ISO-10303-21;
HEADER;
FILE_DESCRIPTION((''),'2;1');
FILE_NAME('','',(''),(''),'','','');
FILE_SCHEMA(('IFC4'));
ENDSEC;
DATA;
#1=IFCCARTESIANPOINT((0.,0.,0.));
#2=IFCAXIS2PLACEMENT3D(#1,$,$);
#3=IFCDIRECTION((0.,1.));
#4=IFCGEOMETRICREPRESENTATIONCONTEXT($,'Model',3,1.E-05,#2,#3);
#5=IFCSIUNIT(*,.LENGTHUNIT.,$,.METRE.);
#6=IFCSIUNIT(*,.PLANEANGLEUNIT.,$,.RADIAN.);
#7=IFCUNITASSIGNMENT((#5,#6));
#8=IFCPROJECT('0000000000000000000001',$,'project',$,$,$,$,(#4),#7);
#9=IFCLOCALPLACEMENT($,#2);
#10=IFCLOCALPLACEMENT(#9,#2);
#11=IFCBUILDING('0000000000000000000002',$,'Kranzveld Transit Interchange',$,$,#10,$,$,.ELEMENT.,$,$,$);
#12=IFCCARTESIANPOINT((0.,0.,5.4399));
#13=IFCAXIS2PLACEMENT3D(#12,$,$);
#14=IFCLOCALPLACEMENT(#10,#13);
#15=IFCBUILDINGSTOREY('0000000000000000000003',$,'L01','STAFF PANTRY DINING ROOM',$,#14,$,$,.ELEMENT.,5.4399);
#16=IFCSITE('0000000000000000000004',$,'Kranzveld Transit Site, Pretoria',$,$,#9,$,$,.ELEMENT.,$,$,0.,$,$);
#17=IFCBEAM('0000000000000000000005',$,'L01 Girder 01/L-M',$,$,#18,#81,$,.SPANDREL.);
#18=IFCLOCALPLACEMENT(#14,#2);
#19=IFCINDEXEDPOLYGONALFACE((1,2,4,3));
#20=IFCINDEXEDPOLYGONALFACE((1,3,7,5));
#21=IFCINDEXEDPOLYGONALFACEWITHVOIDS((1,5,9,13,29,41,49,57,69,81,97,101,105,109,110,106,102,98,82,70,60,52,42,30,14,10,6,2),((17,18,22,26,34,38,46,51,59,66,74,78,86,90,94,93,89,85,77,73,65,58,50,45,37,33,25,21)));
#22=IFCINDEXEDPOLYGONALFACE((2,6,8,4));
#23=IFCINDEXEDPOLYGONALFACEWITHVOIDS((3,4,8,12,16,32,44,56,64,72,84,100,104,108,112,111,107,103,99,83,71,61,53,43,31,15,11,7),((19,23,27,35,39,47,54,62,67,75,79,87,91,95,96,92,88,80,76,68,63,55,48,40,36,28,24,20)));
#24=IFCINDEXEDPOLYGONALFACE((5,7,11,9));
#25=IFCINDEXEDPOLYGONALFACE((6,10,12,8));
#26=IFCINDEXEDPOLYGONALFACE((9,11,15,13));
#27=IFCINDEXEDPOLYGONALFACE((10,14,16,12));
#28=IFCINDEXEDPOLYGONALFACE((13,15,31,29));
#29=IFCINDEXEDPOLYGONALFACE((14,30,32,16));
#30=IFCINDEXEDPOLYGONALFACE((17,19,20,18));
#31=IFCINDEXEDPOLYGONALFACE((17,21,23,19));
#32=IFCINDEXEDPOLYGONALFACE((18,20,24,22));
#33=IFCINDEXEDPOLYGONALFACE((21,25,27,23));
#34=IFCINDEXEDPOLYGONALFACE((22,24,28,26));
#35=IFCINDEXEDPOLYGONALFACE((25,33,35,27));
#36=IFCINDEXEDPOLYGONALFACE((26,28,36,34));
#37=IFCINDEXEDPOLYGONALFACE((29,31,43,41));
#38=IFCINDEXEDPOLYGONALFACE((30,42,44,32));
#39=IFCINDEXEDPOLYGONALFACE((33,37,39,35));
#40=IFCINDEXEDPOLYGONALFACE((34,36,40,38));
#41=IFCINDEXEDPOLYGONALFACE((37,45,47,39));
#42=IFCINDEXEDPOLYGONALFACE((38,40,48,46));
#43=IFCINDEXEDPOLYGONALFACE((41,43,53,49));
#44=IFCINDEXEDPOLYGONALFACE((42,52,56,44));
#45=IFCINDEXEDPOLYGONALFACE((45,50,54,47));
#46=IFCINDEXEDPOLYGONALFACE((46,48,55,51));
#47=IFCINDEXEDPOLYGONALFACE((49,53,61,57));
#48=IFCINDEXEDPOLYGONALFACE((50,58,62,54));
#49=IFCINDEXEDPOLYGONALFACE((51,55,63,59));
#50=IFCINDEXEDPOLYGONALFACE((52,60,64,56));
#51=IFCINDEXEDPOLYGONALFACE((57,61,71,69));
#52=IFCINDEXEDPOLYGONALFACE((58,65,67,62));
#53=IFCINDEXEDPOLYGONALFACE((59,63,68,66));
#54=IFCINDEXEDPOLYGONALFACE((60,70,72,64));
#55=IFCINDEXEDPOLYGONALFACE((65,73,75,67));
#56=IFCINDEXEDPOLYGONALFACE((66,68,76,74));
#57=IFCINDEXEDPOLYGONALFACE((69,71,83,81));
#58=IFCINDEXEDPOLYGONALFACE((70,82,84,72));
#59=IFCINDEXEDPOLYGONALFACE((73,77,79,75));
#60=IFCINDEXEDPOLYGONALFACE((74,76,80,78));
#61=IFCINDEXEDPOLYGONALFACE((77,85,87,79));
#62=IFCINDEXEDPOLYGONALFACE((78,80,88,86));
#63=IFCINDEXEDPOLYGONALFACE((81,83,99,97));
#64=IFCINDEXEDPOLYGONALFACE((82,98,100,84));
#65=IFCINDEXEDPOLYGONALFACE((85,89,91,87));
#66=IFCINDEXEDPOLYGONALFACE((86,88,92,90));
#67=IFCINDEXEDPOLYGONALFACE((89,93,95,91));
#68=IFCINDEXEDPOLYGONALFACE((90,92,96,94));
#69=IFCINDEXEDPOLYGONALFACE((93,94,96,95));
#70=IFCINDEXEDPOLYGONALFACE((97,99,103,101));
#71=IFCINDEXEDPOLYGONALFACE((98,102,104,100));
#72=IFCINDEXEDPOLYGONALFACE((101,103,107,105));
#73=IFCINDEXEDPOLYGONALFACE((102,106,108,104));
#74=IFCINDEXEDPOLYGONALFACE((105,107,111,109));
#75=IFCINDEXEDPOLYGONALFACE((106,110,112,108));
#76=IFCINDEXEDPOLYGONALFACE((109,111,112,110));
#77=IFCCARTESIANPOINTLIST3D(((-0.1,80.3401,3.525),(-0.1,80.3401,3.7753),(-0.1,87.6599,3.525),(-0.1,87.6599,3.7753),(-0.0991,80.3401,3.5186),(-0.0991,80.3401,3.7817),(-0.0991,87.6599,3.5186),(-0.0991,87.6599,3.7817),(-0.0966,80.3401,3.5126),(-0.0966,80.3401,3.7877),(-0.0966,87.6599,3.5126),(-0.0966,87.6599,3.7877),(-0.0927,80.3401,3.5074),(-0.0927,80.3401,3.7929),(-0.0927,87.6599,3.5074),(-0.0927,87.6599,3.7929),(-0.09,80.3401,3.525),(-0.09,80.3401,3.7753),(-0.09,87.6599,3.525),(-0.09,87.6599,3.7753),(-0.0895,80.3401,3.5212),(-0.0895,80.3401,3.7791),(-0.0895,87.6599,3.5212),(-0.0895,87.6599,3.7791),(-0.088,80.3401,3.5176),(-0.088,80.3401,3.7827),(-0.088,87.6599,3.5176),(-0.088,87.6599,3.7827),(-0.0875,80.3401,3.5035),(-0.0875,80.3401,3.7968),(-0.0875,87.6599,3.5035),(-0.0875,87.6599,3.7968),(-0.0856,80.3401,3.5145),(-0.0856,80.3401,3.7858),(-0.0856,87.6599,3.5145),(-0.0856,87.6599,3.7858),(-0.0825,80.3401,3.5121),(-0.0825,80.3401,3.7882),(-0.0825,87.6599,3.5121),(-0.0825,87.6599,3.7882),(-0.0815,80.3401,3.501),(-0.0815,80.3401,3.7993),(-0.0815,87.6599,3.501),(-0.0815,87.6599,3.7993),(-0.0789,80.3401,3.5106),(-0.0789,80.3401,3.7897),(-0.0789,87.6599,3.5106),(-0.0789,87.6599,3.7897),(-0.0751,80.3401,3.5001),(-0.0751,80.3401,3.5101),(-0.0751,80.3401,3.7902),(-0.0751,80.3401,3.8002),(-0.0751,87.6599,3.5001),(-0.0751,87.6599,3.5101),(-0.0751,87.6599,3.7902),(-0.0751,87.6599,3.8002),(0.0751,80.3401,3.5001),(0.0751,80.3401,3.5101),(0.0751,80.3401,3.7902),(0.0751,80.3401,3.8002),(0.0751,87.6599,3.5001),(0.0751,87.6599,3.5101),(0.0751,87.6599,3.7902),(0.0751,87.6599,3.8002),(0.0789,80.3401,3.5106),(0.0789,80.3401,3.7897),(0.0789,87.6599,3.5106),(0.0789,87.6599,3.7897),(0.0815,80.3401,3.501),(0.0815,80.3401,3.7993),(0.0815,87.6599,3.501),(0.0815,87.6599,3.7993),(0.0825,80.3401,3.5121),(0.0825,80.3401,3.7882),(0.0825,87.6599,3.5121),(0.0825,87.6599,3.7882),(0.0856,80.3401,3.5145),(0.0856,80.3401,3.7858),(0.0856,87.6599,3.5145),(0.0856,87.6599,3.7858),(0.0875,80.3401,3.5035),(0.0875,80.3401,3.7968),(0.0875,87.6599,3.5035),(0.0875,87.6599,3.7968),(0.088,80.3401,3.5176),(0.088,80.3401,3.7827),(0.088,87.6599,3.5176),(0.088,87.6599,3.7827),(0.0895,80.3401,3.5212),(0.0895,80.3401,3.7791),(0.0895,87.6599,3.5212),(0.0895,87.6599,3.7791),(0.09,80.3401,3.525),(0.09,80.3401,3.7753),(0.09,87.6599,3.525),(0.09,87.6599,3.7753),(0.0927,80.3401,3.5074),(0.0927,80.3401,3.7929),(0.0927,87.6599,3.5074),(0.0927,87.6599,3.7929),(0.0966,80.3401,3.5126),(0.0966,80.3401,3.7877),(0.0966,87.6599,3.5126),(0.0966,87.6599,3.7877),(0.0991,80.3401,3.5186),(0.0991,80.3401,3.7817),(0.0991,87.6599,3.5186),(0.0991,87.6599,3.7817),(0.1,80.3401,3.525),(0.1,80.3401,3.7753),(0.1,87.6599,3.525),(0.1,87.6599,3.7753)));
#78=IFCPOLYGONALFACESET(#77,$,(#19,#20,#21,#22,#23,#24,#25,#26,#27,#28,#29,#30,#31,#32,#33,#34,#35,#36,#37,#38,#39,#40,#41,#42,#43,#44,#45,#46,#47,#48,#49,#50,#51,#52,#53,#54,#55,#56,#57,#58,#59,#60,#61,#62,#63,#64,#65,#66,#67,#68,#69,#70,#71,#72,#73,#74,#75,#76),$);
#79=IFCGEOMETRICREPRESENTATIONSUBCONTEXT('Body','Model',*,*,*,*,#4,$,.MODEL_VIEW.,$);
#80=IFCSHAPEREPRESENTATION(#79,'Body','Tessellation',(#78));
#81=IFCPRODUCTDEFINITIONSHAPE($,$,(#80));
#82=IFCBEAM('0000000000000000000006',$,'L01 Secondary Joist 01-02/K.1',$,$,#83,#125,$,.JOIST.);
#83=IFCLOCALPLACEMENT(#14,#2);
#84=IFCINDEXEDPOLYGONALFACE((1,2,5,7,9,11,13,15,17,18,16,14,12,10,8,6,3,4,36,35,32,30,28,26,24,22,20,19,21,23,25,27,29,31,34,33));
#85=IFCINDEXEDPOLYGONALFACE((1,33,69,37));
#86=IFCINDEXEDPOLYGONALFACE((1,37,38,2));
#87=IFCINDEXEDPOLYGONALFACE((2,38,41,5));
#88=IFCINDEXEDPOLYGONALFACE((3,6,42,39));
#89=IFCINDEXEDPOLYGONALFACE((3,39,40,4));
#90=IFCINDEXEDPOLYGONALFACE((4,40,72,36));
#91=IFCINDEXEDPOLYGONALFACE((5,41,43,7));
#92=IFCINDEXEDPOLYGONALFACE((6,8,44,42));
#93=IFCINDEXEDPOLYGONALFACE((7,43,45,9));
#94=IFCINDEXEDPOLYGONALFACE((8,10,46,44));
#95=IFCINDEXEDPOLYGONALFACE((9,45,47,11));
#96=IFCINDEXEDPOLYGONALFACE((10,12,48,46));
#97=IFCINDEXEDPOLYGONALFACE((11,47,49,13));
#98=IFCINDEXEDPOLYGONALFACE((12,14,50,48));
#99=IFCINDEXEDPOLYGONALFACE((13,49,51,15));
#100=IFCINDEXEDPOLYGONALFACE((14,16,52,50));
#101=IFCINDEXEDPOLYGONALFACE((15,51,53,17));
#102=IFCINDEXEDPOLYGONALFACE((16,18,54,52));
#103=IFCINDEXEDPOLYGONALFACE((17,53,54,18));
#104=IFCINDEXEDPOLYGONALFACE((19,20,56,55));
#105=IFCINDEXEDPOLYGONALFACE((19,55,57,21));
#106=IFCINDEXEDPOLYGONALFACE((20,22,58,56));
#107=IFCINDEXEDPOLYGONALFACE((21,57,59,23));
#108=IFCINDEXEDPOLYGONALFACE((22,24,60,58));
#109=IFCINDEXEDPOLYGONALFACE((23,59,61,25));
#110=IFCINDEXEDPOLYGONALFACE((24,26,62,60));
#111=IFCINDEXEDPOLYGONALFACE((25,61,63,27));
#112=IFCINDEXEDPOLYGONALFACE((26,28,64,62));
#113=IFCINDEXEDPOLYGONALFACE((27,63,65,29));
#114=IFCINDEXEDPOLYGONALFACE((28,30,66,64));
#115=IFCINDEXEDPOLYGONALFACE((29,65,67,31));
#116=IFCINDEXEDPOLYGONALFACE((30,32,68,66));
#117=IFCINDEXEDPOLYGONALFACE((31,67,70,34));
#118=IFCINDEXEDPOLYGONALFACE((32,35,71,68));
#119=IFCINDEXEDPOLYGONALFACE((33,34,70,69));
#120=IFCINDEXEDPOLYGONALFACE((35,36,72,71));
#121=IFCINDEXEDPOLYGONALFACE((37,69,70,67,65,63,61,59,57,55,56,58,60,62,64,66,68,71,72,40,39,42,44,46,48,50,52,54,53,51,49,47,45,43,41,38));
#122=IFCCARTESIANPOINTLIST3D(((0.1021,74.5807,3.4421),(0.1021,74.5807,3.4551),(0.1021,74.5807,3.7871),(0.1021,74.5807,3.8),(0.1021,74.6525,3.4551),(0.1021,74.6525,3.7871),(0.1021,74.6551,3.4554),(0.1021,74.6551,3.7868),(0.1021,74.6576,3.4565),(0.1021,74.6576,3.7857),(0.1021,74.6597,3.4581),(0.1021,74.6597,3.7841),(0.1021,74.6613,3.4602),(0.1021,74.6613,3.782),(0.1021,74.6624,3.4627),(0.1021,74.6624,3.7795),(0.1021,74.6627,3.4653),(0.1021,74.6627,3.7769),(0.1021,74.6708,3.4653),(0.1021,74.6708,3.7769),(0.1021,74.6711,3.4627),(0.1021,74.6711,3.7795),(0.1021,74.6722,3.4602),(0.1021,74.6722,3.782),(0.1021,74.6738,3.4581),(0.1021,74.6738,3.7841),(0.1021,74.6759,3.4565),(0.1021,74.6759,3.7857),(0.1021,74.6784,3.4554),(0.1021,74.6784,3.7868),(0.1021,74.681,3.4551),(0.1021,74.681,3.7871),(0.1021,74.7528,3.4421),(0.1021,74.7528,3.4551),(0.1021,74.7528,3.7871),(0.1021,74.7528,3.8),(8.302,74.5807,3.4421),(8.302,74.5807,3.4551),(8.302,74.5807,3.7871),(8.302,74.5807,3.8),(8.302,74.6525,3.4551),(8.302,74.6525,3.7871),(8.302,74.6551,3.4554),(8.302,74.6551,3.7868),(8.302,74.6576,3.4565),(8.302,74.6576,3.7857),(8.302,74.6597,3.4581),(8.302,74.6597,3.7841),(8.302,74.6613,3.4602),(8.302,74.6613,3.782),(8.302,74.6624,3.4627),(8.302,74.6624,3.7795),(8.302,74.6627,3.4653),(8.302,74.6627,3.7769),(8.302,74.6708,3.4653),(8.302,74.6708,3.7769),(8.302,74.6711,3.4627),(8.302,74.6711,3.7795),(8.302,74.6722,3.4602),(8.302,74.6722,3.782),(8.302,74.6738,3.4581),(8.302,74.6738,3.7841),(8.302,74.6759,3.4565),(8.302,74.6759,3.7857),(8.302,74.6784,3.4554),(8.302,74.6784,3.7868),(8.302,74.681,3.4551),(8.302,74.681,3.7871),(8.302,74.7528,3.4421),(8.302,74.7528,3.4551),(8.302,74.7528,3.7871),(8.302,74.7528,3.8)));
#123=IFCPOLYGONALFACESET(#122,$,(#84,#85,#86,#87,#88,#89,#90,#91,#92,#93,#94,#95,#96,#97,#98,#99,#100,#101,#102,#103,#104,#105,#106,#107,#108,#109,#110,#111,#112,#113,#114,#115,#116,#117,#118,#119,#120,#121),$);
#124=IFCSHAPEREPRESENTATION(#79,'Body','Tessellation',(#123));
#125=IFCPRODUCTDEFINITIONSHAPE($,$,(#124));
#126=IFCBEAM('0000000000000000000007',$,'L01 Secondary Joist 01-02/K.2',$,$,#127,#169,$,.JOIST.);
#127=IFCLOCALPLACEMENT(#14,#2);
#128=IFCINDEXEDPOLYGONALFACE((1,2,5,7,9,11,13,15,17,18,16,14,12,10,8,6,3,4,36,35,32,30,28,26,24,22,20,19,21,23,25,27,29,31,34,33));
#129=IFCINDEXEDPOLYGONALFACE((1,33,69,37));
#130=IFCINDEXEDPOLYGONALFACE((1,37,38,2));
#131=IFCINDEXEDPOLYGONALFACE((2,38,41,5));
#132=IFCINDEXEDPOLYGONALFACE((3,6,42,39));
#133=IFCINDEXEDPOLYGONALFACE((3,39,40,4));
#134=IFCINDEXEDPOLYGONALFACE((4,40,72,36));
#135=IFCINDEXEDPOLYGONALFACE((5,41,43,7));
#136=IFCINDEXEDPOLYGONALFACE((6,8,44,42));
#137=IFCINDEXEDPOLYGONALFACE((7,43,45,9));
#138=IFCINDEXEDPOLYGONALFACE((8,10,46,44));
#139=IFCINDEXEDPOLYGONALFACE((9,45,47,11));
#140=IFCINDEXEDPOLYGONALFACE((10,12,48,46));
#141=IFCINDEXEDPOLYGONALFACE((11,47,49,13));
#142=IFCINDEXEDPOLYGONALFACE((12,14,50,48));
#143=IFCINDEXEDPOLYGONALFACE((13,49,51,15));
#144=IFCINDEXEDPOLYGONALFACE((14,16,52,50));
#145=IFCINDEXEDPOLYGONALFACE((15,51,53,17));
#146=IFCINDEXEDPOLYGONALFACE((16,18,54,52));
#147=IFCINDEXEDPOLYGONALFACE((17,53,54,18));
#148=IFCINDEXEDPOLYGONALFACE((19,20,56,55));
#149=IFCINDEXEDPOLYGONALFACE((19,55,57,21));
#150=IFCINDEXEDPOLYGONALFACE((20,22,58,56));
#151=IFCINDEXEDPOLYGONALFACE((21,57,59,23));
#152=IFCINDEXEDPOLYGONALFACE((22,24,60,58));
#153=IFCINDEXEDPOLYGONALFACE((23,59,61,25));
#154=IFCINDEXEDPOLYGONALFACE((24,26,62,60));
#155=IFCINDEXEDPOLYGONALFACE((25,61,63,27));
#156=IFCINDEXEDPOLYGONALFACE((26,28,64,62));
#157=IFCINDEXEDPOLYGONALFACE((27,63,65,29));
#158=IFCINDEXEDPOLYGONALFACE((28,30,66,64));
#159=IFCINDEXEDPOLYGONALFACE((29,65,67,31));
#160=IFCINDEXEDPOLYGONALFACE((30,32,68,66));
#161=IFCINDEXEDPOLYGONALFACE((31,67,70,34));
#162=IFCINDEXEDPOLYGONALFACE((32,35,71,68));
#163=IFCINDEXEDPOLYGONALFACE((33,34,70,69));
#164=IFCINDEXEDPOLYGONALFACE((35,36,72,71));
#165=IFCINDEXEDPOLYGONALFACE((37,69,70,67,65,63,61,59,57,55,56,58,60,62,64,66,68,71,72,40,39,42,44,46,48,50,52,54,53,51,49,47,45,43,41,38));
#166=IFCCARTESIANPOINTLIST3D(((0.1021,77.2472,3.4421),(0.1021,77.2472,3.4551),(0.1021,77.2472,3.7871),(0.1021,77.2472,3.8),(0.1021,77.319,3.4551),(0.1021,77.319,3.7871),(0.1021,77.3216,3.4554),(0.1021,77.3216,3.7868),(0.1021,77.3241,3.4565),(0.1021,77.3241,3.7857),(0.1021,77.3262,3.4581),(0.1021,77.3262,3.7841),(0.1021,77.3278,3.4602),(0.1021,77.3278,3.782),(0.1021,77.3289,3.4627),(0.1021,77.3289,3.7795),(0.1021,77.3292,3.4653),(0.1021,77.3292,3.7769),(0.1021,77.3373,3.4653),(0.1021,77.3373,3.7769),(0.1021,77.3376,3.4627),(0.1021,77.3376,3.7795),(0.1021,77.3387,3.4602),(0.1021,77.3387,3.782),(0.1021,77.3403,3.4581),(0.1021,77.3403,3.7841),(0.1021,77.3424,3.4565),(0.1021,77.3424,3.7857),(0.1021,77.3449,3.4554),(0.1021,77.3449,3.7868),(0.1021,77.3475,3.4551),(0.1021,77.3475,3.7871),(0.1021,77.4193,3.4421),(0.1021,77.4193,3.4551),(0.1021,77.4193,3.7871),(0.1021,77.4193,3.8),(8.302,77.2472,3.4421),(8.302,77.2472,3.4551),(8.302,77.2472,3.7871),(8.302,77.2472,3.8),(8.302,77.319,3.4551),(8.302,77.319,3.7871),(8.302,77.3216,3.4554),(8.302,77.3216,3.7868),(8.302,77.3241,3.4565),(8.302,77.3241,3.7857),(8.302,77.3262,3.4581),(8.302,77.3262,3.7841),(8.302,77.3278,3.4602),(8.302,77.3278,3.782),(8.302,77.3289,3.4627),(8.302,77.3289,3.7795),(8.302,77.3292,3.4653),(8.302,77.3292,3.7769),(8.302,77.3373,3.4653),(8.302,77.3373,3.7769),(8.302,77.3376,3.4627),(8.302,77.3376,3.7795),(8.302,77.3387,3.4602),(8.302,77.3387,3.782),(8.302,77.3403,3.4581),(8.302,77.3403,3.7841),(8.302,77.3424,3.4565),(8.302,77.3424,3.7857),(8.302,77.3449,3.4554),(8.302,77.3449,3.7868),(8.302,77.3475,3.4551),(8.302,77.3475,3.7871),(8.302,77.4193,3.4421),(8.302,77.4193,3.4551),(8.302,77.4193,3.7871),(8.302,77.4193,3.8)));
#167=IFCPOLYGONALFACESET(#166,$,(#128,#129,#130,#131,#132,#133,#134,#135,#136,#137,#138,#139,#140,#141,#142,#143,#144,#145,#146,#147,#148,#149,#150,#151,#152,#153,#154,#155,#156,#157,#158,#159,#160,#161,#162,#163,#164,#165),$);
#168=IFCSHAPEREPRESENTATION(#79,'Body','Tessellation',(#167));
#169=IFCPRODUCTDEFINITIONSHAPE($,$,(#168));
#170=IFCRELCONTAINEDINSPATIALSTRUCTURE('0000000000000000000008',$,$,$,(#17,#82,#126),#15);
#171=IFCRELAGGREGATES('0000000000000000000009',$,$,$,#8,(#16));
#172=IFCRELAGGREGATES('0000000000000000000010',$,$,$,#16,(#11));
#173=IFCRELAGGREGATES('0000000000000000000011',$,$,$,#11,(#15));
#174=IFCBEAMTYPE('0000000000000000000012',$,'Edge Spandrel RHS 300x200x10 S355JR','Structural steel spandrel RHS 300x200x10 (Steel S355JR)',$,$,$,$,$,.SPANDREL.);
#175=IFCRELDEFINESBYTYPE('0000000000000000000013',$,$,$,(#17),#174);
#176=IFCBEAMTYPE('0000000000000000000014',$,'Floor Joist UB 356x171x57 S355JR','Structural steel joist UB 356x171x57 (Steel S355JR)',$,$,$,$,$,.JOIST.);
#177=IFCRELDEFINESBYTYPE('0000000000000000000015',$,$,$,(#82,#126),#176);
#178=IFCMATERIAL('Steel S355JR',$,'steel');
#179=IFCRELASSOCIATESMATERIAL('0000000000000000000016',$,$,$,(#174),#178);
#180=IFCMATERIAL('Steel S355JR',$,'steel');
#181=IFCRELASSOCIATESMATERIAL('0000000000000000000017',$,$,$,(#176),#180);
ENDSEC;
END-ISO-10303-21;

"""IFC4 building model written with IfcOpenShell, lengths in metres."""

from ifc_helpers import new_model, si_unit, direction, frame, origin, origin_2d, place, context, subcontext, project, spatial, hollow_rectangle, i_section, extrude, material, material_profile, profile_set, type_object, element, save


model = new_model("IFC4")

# Units and contexts
model_context = context("Model", 3, precision=1e-05, world=origin(), true_north=direction((0.0, 1.0)))
body_context = subcontext(model_context, "Body", "Model", "MODEL_VIEW")
ifc_project = project(units=[si_unit("LENGTHUNIT", "METRE"), si_unit("PLANEANGLEUNIT", "RADIAN")], contexts=[model_context])

# Site, building, storey
site_placement = place(None, origin())
site = spatial("IfcSite", under=ifc_project, at=site_placement, Name="Kranzveld Transit Site, Pretoria", CompositionType="ELEMENT", RefElevation=0.0)
building_placement = place(site_placement, origin())
building = spatial("IfcBuilding", under=site, at=building_placement, Name="Kranzveld Transit Interchange", CompositionType="ELEMENT")
storey_placement = place(building_placement, frame((0.0, 0.0, 5.4399)))
storey = spatial("IfcBuildingStorey", under=building, at=storey_placement, Name="L01", Description="STAFF PANTRY DINING ROOM", CompositionType="ELEMENT", Elevation=5.4399)

# Beams
ifc_material_1 = material(Name="Steel S355JR", Category="steel")
ifc_material_profile_1 = material_profile(ifc_material_1, hollow_rectangle(XDim=0.2, YDim=0.3, WallThickness=0.01, InnerFilletRadius=0.0149, OuterFilletRadius=0.0249, at=origin_2d()), Name="RHS 300x200x10")
ifc_profile_set_1 = profile_set([ifc_material_profile_1], Name="Steel S355JR")
beam_type_1 = type_object("IfcBeamType", Name="Edge Spandrel RHS 300x200x10 S355JR", Description="Structural steel spandrel RHS 300x200x10 (Steel S355JR)", PredefinedType="SPANDREL", material=ifc_profile_set_1)
for number, where, z_axis, x_axis, name in (
    (1, (0.0, 80.3401, 3.6501), (0.0, 1.0, 0.0), (-1.0, 0.0, 0.0), "L01 Girder 01/L-M"),
):
    element("IfcBeam", number, at=place(storey_placement, frame(where, z_axis=z_axis, x_axis=x_axis)), inside=storey, type_object=beam_type_1, Name=name, PredefinedType="SPANDREL", context=body_context, shape_type="SweptSolid", body=[
        extrude(hollow_rectangle(XDim=0.2, YDim=0.3, WallThickness=0.01, InnerFilletRadius=0.0149, OuterFilletRadius=0.0249, at=origin_2d()), origin(), (0.0, 0.0, 1.0), 7.3198),
    ])
ifc_material_2 = material(Name="Steel S355JR", Category="steel")
ifc_material_profile_2 = material_profile(ifc_material_2, i_section(OverallWidth=0.1721, OverallDepth=0.3579, WebThickness=0.0081, FlangeThickness=0.0129, FilletRadius=0.0103, at=origin_2d()), Name="UB 356x171x57")
ifc_profile_set_2 = profile_set([ifc_material_profile_2], Name="Steel S355JR")
beam_type_2 = type_object("IfcBeamType", Name="Floor Joist UB 356x171x57 S355JR", Description="Structural steel joist UB 356x171x57 (Steel S355JR)", PredefinedType="JOIST", material=ifc_profile_set_2)
for number, where, z_axis, x_axis, name in (
    (2, (0.1021, 74.6667, 3.6211), (1.0, 0.0, 0.0), (0.0, 1.0, 0.0), "L01 Secondary Joist 01-02/K.1"),
    (3, (0.1021, 77.3333, 3.6211), (1.0, 0.0, 0.0), (0.0, 1.0, 0.0), "L01 Secondary Joist 01-02/K.2"),
):
    element("IfcBeam", number, at=place(storey_placement, frame(where, z_axis=z_axis, x_axis=x_axis)), inside=storey, type_object=beam_type_2, Name=name, PredefinedType="JOIST", context=body_context, shape_type="SweptSolid", body=[
        extrude(i_section(OverallWidth=0.1721, OverallDepth=0.3579, WebThickness=0.0081, FlangeThickness=0.0129, FilletRadius=0.0103, at=origin_2d()), origin(), (0.0, 0.0, 1.0), 8.2),
    ])

save(model, "model.ifc")
